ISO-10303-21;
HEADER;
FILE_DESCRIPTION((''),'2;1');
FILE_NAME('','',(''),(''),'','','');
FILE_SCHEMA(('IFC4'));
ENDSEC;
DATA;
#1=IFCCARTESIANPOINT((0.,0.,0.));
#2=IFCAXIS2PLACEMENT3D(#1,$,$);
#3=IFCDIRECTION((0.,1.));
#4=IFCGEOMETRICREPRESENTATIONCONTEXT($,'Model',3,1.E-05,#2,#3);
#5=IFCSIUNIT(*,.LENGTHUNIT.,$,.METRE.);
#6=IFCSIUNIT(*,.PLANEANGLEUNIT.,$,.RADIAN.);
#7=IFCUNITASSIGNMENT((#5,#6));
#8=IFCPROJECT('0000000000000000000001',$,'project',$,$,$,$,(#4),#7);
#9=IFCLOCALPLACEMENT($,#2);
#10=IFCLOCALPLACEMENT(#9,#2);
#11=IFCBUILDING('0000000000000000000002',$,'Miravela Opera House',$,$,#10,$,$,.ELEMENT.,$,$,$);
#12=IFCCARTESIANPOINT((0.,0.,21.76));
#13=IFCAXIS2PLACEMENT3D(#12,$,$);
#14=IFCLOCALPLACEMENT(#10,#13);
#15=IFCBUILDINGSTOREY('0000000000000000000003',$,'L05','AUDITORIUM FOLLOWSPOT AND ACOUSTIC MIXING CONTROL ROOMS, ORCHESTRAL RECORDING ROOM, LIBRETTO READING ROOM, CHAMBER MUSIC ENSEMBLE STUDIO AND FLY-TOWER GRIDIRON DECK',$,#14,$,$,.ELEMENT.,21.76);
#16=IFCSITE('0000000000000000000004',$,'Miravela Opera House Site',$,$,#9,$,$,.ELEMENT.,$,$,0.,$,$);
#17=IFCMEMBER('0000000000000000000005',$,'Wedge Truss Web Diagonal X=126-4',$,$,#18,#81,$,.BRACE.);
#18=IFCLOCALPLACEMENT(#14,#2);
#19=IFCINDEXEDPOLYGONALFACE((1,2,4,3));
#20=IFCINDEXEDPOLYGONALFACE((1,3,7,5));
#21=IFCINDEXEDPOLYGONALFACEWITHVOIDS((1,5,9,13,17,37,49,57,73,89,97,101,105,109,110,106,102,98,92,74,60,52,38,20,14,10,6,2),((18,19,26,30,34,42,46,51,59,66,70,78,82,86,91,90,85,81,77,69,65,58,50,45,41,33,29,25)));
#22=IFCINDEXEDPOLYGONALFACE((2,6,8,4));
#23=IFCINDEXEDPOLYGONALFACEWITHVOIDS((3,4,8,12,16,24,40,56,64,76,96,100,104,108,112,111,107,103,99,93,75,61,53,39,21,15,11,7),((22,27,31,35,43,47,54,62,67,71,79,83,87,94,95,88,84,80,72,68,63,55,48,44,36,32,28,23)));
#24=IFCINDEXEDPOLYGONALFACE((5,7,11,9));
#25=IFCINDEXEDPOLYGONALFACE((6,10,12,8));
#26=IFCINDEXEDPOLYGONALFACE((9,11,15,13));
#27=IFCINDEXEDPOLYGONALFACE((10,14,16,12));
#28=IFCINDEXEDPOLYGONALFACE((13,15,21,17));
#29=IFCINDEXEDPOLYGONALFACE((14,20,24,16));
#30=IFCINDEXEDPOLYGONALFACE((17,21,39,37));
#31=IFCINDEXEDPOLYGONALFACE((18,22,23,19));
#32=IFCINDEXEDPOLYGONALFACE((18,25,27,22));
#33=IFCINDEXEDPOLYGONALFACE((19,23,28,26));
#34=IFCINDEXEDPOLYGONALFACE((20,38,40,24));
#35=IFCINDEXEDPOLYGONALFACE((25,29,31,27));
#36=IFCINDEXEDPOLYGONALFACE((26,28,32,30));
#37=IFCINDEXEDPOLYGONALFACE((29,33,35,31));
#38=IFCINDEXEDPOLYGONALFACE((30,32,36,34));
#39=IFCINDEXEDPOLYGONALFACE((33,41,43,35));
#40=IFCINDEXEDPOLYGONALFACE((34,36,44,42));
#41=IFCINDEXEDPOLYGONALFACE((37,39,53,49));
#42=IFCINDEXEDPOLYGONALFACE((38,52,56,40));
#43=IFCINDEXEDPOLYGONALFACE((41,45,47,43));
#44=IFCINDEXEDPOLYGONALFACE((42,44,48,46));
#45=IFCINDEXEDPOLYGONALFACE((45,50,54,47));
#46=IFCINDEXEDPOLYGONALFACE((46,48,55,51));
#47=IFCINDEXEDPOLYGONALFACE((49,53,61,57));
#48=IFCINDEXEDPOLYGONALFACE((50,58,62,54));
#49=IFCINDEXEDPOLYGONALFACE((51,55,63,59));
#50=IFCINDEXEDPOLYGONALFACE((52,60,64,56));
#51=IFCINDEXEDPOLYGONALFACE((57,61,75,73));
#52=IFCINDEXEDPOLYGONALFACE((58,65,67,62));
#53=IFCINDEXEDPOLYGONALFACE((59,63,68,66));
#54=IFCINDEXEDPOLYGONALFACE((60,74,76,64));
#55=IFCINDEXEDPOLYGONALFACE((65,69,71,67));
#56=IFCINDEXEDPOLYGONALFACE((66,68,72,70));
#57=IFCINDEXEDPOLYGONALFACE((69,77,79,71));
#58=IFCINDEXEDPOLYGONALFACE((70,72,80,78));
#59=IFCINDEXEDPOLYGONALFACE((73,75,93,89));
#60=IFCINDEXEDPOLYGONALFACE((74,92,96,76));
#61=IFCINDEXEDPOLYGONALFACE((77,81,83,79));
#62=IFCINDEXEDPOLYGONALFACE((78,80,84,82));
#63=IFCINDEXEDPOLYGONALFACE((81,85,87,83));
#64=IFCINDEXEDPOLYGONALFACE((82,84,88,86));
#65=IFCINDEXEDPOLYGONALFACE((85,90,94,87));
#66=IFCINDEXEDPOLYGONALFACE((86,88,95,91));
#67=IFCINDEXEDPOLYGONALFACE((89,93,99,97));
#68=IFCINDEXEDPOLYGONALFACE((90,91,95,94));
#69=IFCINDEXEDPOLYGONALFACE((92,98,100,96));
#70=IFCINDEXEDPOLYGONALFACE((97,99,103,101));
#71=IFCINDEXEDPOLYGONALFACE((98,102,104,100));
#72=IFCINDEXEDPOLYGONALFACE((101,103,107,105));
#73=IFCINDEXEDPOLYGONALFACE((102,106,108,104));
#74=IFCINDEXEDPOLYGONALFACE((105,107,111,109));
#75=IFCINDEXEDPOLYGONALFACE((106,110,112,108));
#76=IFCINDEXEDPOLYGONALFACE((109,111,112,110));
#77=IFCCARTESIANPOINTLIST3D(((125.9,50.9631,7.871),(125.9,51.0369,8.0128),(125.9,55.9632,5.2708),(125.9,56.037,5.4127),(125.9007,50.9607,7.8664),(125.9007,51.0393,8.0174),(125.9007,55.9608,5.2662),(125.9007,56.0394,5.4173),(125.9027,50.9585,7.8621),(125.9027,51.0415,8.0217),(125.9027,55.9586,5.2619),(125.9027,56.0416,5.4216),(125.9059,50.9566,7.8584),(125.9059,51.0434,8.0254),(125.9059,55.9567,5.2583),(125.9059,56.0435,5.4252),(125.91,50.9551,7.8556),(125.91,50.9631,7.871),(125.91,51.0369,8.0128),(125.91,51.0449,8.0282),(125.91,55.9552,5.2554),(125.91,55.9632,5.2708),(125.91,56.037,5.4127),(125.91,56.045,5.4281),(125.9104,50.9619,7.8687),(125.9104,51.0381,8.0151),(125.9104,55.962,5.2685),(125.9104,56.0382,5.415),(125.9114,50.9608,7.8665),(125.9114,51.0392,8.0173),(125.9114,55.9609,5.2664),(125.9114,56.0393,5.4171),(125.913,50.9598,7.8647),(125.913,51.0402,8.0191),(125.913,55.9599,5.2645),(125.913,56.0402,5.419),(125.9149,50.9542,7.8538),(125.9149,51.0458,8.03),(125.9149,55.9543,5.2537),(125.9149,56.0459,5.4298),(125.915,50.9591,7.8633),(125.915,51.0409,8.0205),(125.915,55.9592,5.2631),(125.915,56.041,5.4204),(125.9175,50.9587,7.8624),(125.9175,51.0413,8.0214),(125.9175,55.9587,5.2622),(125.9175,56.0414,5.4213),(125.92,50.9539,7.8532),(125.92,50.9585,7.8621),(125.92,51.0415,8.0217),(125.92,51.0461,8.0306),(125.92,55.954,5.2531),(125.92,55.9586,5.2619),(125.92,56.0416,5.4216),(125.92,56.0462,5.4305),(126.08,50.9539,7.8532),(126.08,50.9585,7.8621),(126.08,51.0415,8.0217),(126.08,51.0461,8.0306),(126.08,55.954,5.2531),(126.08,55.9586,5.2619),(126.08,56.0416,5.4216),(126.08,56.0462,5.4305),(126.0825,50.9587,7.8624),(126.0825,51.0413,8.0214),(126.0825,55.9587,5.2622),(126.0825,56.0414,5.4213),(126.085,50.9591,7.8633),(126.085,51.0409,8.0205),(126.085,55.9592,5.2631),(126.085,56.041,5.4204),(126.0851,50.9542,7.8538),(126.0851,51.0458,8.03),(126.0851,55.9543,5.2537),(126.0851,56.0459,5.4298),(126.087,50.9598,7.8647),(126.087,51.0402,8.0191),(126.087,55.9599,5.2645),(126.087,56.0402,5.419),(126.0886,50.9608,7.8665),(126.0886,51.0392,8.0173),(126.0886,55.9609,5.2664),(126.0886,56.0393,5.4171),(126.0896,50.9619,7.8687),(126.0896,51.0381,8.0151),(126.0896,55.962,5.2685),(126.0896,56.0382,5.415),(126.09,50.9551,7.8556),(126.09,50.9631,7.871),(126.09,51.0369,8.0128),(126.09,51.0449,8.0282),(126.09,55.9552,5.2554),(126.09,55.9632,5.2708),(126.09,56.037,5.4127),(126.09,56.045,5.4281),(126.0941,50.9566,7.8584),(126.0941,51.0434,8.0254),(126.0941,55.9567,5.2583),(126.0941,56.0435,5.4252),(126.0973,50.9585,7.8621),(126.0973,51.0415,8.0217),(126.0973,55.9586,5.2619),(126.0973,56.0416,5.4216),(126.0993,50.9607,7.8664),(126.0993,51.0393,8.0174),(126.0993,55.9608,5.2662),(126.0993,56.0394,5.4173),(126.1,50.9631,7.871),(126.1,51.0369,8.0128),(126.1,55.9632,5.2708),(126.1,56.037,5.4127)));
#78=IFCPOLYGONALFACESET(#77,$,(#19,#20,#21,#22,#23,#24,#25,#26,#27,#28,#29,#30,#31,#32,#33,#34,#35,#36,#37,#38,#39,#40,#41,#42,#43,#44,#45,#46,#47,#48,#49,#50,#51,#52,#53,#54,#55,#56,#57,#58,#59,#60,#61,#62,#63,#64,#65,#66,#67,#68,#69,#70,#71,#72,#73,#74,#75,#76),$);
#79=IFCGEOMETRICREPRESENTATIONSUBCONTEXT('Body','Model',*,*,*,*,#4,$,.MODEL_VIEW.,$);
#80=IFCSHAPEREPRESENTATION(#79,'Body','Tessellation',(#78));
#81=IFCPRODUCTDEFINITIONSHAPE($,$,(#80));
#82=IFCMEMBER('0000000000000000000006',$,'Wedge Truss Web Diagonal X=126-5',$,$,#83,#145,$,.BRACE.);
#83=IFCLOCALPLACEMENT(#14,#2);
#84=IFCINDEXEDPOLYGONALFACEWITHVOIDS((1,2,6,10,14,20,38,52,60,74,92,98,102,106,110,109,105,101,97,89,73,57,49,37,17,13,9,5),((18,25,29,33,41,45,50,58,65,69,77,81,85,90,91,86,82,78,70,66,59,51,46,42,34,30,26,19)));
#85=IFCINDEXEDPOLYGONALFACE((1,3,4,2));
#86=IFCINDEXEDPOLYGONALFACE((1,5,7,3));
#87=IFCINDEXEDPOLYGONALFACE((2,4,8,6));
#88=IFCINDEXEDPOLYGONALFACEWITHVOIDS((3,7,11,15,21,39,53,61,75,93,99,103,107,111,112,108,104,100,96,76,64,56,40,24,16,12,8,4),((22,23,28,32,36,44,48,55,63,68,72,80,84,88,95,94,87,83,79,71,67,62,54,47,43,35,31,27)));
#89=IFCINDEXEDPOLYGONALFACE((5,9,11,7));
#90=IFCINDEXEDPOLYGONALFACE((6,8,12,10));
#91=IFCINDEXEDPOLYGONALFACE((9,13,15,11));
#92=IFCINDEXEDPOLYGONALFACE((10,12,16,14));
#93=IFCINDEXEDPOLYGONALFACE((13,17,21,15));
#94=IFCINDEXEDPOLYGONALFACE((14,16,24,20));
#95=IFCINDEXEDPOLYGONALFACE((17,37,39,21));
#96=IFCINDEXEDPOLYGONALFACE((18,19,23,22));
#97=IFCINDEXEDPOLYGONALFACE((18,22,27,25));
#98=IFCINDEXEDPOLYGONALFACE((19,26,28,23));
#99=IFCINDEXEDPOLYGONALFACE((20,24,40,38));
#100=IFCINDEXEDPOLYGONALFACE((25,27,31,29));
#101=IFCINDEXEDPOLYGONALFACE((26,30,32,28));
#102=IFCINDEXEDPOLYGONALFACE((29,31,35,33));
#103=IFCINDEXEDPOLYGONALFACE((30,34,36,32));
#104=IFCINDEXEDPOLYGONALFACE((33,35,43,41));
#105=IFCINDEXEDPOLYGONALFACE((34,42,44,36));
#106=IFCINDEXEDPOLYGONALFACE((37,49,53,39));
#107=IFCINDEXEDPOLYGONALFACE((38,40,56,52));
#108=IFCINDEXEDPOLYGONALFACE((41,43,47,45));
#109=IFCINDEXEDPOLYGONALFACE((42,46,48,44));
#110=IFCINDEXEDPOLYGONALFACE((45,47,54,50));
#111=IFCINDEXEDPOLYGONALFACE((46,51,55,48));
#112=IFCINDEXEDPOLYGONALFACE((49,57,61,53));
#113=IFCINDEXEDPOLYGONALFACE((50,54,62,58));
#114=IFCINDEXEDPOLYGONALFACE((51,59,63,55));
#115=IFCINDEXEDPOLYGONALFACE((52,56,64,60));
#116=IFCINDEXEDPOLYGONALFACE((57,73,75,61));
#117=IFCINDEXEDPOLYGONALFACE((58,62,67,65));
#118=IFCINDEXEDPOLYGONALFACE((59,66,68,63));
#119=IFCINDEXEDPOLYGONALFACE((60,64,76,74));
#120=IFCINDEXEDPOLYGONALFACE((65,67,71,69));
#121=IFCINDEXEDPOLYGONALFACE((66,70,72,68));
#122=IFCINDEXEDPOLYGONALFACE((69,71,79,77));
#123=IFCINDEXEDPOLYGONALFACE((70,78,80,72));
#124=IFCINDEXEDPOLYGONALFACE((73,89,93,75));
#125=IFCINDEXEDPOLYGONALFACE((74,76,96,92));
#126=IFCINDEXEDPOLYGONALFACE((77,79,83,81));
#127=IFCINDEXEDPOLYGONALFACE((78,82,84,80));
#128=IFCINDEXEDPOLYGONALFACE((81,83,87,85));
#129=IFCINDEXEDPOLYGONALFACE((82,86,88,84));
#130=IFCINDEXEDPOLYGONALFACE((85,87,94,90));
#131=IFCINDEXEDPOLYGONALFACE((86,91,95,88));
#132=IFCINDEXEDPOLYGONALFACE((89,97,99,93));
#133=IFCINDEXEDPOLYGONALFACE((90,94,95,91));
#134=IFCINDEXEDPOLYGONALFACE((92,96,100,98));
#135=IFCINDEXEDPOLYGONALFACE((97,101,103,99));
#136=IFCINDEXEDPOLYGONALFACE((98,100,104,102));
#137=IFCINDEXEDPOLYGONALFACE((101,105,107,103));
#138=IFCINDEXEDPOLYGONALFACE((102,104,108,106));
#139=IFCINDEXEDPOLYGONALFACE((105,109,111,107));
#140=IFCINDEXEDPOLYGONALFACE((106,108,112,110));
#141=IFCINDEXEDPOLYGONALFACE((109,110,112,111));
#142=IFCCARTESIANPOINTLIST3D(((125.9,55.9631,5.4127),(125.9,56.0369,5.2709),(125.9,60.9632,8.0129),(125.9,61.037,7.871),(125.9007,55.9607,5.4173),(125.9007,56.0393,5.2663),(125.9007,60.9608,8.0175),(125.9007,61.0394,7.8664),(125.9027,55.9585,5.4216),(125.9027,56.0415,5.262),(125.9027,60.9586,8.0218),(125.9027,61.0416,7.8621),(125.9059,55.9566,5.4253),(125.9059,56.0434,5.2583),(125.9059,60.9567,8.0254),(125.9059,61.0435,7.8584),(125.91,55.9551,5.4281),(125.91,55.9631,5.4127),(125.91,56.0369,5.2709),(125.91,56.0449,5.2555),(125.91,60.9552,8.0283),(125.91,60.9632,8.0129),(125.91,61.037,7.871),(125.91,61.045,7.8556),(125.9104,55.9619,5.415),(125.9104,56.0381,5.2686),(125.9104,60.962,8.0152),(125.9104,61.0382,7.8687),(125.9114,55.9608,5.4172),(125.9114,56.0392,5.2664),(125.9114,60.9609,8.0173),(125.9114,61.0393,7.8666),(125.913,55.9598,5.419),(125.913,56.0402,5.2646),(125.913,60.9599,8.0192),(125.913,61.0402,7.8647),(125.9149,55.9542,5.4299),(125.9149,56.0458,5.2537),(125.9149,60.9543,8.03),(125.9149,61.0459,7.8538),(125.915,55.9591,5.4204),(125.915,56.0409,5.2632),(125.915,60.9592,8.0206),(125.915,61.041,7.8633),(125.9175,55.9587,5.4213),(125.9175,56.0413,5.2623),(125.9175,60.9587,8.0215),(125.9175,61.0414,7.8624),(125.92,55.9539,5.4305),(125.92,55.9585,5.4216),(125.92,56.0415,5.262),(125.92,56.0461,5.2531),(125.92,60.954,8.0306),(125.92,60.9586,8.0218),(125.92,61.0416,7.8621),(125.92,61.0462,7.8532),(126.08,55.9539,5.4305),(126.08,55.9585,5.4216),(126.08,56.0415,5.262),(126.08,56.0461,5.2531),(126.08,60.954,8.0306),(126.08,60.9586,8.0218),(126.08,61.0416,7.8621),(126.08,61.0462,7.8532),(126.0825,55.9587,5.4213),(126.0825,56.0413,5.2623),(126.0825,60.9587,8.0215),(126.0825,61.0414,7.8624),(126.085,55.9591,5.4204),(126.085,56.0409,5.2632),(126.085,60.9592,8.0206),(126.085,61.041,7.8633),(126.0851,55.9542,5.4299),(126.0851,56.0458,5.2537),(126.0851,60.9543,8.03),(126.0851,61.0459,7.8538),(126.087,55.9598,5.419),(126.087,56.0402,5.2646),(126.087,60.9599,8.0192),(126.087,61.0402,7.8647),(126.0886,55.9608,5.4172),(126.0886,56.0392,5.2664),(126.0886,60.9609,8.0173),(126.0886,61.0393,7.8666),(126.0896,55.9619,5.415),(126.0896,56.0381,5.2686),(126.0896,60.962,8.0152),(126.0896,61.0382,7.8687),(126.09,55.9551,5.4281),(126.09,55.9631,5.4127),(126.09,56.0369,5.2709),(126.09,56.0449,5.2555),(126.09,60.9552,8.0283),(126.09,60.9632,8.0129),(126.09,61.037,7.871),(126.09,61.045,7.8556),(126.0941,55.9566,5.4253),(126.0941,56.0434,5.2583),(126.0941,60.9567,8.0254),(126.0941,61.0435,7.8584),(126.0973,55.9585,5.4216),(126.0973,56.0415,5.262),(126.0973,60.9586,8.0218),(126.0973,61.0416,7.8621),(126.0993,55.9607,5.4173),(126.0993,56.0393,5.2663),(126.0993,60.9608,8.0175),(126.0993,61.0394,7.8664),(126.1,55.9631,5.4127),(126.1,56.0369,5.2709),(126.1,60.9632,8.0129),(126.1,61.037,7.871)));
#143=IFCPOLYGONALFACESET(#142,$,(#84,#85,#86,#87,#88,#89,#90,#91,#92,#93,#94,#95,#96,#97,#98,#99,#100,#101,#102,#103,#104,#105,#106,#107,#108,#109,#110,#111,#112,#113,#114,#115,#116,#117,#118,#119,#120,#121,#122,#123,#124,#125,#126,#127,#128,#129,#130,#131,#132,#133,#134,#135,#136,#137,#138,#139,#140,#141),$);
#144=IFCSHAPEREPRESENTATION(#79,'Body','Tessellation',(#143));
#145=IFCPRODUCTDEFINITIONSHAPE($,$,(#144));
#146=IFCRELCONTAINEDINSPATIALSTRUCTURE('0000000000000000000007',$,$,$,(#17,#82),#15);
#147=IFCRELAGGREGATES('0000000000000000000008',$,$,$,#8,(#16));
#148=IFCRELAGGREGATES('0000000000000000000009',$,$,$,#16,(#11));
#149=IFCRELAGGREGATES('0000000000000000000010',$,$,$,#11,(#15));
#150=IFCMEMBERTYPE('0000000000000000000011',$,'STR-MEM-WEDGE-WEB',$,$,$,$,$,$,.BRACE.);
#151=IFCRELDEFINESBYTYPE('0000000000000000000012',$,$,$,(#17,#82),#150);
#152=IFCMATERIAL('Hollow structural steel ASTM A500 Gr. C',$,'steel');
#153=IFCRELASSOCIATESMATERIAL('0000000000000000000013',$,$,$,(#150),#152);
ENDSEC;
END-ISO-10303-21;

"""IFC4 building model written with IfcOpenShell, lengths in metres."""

from ifc_helpers import new_model, si_unit, direction, frame, origin, origin_2d, place, context, subcontext, project, spatial, hollow_rectangle, extrude, material, material_profile, profile_set, type_object, element, save


model = new_model("IFC4")

# Units and contexts
model_context = context("Model", 3, precision=1e-05, world=origin(), true_north=direction((0.0, 1.0)))
body_context = subcontext(model_context, "Body", "Model", "MODEL_VIEW")
ifc_project = project(units=[si_unit("LENGTHUNIT", "METRE"), si_unit("PLANEANGLEUNIT", "RADIAN")], contexts=[model_context])

# Site, building, storey
site_placement = place(None, origin())
site = spatial("IfcSite", under=ifc_project, at=site_placement, Name="Miravela Opera House Site", CompositionType="ELEMENT", RefElevation=0.0)
building_placement = place(site_placement, origin())
building = spatial("IfcBuilding", under=site, at=building_placement, Name="Miravela Opera House", CompositionType="ELEMENT")
storey_placement = place(building_placement, frame((0.0, 0.0, 21.76)))
storey = spatial("IfcBuildingStorey", under=building, at=storey_placement, Name="L05", Description="AUDITORIUM FOLLOWSPOT AND ACOUSTIC MIXING CONTROL ROOMS, ORCHESTRAL RECORDING ROOM, LIBRETTO READING ROOM, CHAMBER MUSIC ENSEMBLE STUDIO AND FLY-TOWER GRIDIRON DECK", CompositionType="ELEMENT", Elevation=21.76)

# Members
ifc_material_1 = material(Name="Hollow structural steel ASTM A500 Gr. C", Category="steel")
ifc_material_profile_1 = material_profile(ifc_material_1, hollow_rectangle(XDim=0.2, YDim=0.2, WallThickness=0.01, InnerFilletRadius=0.01, OuterFilletRadius=0.02, at=origin_2d()), Name="HSS200X200X10")
ifc_profile_set_1 = profile_set([ifc_material_profile_1])
member_type_1 = type_object("IfcMemberType", Name="STR-MEM-WEDGE-WEB", PredefinedType="BRACE", material=ifc_profile_set_1)
for number, where, z_axis, x_axis, name in (
    (1, (126.0, 51.0, 7.9419), (0.0, 0.88721, -0.461366), (-1.0, 0.0, 0.0), "Wedge Truss Web Diagonal X=126-4"),
    (2, (126.0, 56.0, 5.3418), (0.0, 0.88721, 0.461366), (-1.0, 0.0, 0.0), "Wedge Truss Web Diagonal X=126-5"),
):
    element("IfcMember", number, at=place(storey_placement, frame(where, z_axis=z_axis, x_axis=x_axis)), inside=storey, type_object=member_type_1, Name=name, PredefinedType="BRACE", context=body_context, shape_type="SweptSolid", body=[
        extrude(hollow_rectangle(XDim=0.2, YDim=0.2, WallThickness=0.01, InnerFilletRadius=0.01, OuterFilletRadius=0.02, at=origin_2d()), origin(), (0.0, 0.0, 1.0), 5.6357),
    ])

save(model, "model.ifc")
